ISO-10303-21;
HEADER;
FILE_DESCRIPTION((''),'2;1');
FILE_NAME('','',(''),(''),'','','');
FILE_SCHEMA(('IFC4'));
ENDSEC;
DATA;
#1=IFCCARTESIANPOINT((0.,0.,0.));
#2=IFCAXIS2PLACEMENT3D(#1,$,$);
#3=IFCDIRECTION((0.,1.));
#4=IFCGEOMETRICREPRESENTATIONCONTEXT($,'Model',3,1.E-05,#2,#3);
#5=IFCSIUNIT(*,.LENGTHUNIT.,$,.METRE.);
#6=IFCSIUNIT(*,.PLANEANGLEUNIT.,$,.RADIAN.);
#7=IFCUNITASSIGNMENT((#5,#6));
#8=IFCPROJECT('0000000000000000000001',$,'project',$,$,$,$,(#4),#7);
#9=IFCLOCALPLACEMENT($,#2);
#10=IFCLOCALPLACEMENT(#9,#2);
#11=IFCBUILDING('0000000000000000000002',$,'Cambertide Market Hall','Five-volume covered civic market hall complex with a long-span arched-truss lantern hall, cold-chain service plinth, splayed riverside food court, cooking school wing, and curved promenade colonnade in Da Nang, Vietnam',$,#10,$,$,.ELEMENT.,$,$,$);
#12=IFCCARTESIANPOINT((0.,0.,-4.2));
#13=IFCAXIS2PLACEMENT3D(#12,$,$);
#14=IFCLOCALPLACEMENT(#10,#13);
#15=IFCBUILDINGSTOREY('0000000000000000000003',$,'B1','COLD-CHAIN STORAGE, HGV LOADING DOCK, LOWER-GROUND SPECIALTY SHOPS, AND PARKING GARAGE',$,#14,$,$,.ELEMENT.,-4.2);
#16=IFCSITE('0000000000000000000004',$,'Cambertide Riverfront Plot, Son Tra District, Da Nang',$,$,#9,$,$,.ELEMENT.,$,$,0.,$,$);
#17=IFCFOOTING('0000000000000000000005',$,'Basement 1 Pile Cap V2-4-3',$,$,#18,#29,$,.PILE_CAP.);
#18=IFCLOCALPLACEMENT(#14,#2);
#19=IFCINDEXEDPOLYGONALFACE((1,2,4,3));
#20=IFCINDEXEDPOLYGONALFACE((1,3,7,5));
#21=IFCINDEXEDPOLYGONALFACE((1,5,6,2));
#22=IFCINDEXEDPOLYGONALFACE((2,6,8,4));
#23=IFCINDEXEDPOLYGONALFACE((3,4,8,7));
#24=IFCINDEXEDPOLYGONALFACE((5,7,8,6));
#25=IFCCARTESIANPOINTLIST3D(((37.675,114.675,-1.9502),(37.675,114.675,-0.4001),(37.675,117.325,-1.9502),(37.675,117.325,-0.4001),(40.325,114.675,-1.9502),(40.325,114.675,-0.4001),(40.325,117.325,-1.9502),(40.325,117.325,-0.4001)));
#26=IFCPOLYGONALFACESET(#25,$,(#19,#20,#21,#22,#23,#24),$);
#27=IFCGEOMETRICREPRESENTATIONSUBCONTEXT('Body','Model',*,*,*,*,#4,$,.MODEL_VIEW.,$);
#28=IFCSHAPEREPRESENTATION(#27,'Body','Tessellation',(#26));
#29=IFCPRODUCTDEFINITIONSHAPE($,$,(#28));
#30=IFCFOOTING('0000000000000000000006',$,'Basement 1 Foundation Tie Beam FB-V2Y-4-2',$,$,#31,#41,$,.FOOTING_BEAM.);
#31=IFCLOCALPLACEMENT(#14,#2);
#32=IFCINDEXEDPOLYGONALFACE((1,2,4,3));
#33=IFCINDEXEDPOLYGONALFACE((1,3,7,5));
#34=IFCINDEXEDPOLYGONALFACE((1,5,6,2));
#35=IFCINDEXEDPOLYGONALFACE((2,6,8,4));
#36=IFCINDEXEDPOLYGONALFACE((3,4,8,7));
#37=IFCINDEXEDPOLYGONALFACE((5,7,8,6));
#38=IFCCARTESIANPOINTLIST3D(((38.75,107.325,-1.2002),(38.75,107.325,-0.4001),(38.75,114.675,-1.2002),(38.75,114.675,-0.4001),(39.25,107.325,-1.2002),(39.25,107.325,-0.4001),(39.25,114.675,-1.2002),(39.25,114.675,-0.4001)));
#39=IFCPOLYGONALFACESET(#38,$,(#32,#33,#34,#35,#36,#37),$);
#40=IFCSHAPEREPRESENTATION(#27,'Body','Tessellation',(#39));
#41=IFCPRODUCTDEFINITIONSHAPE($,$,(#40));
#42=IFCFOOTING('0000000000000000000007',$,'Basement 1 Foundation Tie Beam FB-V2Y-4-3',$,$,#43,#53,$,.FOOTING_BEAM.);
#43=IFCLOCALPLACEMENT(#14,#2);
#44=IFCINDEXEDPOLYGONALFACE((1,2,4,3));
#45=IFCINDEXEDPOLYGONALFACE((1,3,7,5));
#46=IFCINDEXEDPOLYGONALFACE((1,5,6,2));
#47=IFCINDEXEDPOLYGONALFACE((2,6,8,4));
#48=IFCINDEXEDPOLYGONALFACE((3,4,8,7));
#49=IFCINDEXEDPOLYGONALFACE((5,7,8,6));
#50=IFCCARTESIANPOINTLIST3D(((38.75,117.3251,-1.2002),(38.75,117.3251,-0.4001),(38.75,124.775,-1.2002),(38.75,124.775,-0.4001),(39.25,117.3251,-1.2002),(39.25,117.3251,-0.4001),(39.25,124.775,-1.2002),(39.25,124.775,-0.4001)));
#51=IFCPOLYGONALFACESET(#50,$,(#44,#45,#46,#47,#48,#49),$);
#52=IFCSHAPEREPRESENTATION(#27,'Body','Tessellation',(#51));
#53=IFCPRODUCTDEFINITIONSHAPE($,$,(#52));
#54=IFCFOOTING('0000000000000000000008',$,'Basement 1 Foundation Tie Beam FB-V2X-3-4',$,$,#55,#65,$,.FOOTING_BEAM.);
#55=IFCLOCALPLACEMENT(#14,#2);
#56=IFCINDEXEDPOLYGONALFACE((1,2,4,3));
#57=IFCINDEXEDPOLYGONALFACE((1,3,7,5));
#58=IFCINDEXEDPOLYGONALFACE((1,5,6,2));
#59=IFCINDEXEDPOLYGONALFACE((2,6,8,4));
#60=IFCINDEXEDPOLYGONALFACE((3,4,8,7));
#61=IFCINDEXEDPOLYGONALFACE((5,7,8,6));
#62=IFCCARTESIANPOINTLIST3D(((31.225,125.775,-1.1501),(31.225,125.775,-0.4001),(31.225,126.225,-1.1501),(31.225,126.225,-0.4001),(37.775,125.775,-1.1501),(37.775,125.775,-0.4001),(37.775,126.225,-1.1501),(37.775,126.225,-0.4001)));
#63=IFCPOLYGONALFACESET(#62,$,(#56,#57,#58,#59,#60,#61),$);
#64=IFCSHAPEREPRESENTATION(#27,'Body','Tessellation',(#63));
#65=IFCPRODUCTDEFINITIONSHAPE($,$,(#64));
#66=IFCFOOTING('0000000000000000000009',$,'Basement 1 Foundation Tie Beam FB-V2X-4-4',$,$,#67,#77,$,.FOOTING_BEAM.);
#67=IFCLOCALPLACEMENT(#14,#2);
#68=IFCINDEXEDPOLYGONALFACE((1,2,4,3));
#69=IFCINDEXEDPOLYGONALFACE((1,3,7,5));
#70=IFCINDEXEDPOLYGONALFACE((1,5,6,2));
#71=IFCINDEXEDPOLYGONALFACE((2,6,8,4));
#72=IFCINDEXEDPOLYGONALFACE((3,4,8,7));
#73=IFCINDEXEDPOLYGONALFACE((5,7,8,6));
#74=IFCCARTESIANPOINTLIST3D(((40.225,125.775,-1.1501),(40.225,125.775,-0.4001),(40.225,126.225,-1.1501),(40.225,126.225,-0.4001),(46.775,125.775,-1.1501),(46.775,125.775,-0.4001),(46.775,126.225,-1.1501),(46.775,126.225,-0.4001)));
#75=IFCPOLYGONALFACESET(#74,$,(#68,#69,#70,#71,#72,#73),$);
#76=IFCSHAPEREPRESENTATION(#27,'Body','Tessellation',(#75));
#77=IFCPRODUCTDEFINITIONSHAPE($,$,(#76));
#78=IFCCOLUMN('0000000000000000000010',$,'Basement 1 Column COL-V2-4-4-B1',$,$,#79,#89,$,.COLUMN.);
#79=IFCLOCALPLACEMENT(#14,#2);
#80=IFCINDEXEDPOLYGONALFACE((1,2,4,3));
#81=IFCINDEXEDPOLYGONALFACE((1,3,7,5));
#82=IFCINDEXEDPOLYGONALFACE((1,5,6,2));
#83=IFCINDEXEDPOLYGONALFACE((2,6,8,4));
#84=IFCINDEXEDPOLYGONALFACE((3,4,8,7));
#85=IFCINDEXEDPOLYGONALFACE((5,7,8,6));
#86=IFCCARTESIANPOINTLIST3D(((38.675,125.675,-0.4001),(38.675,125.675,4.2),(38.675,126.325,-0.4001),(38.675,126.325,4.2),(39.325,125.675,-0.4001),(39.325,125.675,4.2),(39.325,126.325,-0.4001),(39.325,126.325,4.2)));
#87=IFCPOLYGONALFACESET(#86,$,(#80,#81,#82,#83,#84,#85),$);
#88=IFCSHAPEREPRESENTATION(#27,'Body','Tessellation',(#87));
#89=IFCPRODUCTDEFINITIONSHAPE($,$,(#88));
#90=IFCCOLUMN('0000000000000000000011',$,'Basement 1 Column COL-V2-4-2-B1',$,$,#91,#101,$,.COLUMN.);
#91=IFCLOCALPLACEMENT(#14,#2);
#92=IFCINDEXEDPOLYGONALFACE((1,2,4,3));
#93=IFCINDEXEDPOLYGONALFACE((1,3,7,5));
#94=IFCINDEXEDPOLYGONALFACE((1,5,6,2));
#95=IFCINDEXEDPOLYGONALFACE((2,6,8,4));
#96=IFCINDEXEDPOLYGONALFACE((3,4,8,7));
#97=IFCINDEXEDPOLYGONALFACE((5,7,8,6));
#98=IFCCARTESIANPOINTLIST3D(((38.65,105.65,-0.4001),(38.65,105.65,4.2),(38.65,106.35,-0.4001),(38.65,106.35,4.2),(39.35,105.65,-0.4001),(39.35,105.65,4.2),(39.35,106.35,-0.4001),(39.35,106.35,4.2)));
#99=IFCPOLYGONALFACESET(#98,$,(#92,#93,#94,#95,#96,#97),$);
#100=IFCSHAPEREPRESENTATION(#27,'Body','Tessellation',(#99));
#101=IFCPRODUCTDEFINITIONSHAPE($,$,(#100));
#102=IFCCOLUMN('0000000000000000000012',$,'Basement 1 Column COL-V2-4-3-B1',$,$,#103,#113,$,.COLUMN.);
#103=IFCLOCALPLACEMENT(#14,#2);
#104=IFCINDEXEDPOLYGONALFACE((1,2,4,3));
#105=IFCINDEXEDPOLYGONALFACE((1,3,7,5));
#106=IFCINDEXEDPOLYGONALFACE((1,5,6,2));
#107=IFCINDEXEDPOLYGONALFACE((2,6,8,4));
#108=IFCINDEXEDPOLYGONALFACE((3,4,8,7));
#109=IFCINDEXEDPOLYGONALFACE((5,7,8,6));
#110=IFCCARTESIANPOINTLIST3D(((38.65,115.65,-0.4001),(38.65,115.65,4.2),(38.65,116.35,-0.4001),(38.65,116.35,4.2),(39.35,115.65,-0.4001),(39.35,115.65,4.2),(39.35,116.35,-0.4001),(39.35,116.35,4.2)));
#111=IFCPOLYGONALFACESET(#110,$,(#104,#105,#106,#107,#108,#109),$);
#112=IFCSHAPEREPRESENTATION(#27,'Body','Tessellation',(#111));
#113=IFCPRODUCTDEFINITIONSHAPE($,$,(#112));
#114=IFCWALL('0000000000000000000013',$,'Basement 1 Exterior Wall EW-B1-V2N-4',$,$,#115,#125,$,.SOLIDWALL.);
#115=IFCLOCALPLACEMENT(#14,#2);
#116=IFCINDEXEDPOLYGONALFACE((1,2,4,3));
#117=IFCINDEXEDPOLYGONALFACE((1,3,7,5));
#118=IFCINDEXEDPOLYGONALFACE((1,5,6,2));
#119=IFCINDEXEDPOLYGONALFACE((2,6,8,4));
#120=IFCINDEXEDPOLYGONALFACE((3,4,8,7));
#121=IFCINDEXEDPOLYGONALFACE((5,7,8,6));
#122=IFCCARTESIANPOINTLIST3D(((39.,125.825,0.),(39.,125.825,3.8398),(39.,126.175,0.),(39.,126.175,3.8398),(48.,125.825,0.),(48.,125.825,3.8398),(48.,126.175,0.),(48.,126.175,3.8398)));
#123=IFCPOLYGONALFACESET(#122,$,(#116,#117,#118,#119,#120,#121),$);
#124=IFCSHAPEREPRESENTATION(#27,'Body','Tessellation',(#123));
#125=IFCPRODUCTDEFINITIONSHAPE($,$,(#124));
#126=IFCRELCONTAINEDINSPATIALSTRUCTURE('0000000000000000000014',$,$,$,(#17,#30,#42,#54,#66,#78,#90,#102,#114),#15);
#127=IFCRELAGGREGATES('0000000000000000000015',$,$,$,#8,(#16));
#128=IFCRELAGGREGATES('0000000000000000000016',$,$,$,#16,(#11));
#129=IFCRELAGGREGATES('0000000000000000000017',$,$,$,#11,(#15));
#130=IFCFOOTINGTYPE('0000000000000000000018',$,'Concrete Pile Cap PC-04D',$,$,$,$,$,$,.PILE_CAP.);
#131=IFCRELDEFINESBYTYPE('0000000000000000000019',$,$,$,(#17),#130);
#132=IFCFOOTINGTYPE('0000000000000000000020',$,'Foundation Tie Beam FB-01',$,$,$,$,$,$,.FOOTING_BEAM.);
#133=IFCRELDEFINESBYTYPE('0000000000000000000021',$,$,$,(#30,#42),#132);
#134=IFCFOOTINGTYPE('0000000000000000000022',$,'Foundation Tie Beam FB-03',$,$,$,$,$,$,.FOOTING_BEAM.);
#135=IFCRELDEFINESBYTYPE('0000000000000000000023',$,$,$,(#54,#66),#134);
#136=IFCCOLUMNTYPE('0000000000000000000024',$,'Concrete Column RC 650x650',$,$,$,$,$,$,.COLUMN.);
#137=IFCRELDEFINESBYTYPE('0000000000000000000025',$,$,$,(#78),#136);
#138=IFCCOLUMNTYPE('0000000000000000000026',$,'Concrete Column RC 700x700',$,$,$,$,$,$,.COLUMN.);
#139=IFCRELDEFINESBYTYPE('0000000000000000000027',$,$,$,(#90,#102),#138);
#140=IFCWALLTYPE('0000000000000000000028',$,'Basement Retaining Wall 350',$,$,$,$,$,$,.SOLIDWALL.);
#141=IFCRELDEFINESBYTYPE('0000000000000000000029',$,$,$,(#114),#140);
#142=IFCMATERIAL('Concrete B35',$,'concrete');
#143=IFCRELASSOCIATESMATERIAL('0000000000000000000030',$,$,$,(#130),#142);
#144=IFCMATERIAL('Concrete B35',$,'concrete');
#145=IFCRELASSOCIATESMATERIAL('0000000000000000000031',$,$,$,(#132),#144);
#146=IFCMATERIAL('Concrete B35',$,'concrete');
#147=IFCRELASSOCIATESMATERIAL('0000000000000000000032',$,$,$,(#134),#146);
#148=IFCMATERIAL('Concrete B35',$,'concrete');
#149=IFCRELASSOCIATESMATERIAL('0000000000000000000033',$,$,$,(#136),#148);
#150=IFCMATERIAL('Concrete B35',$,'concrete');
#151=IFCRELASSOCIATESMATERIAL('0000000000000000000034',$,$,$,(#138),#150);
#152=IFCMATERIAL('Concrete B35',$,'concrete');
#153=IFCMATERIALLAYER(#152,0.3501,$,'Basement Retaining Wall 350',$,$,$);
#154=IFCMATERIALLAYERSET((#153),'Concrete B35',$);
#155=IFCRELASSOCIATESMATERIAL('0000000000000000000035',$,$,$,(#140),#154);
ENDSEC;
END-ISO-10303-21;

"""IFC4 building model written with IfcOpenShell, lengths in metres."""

from ifc_helpers import new_model, si_unit, direction, frame, frame_2d, origin, origin_2d, place, context, subcontext, project, spatial, rectangle, extrude, material, layer, layer_set, material_profile, profile_set, type_object, element, save


model = new_model("IFC4")

# Units and contexts
model_context = context("Model", 3, precision=1e-05, world=origin(), true_north=direction((0.0, 1.0)))
body_context = subcontext(model_context, "Body", "Model", "MODEL_VIEW")
ifc_project = project(units=[si_unit("LENGTHUNIT", "METRE"), si_unit("PLANEANGLEUNIT", "RADIAN")], contexts=[model_context])

# Site, building, storey
site_placement = place(None, origin())
site = spatial("IfcSite", under=ifc_project, at=site_placement, Name="Cambertide Riverfront Plot, Son Tra District, Da Nang", CompositionType="ELEMENT", RefElevation=0.0)
building_placement = place(site_placement, origin())
building = spatial("IfcBuilding", under=site, at=building_placement, Name="Cambertide Market Hall", Description="Five-volume covered civic market hall complex with a long-span arched-truss lantern hall, cold-chain service plinth, splayed riverside food court, cooking school wing, and curved promenade colonnade in Da Nang, Vietnam", CompositionType="ELEMENT")
storey_placement = place(building_placement, frame((0.0, 0.0, -4.2)))
storey = spatial("IfcBuildingStorey", under=building, at=storey_placement, Name="B1", Description="COLD-CHAIN STORAGE, HGV LOADING DOCK, LOWER-GROUND SPECIALTY SHOPS, AND PARKING GARAGE", CompositionType="ELEMENT", Elevation=-4.2)

# Footings
ifc_material_1 = material(Name="Concrete B35", Category="concrete")
footing_type_1 = type_object("IfcFootingType", Name="Concrete Pile Cap PC-04D", PredefinedType="PILE_CAP", material=ifc_material_1)
footing_1_placement = place(storey_placement, frame((39.0, 116.0, -1.9502), z_axis=(0.0, 0.0, 1.0), x_axis=(1.0, 0.0, 0.0)))
element("IfcFooting", 1, at=footing_1_placement, inside=storey, type_object=footing_type_1, Name="Basement 1 Pile Cap V2-4-3", PredefinedType="PILE_CAP", context=body_context, shape_type="SweptSolid", body=[
    extrude(rectangle(XDim=2.6499, YDim=2.6499, at=origin_2d()), origin(), (0.0, 0.0, 1.0), 1.55),
])
ifc_material_2 = material(Name="Concrete B35", Category="concrete")
footing_type_2 = type_object("IfcFootingType", Name="Foundation Tie Beam FB-01", PredefinedType="FOOTING_BEAM", material=ifc_material_2)
footing_2_placement = place(storey_placement, frame((39.0, 111.0, -1.2002), z_axis=(0.0, 0.0, 1.0), x_axis=(0.0, 1.0, 0.0)))
element("IfcFooting", 2, at=footing_2_placement, inside=storey, type_object=footing_type_2, Name="Basement 1 Foundation Tie Beam FB-V2Y-4-2", PredefinedType="FOOTING_BEAM", context=body_context, shape_type="SweptSolid", body=[
    extrude(rectangle(XDim=7.3501, YDim=0.5, at=origin_2d()), origin(), (0.0, 0.0, 1.0), 0.8),
])
footing_3_placement = place(storey_placement, frame((39.0, 121.05, -1.2002), z_axis=(0.0, 0.0, 1.0), x_axis=(0.0, 1.0, 0.0)))
element("IfcFooting", 3, at=footing_3_placement, inside=storey, type_object=footing_type_2, Name="Basement 1 Foundation Tie Beam FB-V2Y-4-3", PredefinedType="FOOTING_BEAM", context=body_context, shape_type="SweptSolid", body=[
    extrude(rectangle(XDim=7.45, YDim=0.5, at=origin_2d()), origin(), (0.0, 0.0, 1.0), 0.8),
])
ifc_material_3 = material(Name="Concrete B35", Category="concrete")
footing_type_3 = type_object("IfcFootingType", Name="Foundation Tie Beam FB-03", PredefinedType="FOOTING_BEAM", material=ifc_material_3)
for number, where, z_axis, x_axis, name in (
    (4, (34.5, 126.0, -1.1501), (0.0, 0.0, 1.0), (1.0, 0.0, 0.0), "Basement 1 Foundation Tie Beam FB-V2X-3-4"),
    (5, (43.5, 126.0, -1.1501), (0.0, 0.0, 1.0), (1.0, 0.0, 0.0), "Basement 1 Foundation Tie Beam FB-V2X-4-4"),
):
    element("IfcFooting", number, at=place(storey_placement, frame(where, z_axis=z_axis, x_axis=x_axis)), inside=storey, type_object=footing_type_3, Name=name, PredefinedType="FOOTING_BEAM", context=body_context, shape_type="SweptSolid", body=[
        extrude(rectangle(XDim=6.55, YDim=0.45, at=origin_2d()), origin(), (0.0, 0.0, 1.0), 0.75),
    ])

# Columns
ifc_material_4 = material(Name="Concrete B35", Category="concrete")
ifc_material_profile_1 = material_profile(ifc_material_4, rectangle(XDim=0.6499, YDim=0.6499, at=origin_2d()), Name="RC 650x650")
ifc_profile_set_1 = profile_set([ifc_material_profile_1], Name="Concrete B35")
column_type_1 = type_object("IfcColumnType", Name="Concrete Column RC 650x650", PredefinedType="COLUMN", material=ifc_profile_set_1)
column_placement = place(storey_placement, frame((39.0, 126.0, -0.4001), z_axis=(0.0, 0.0, 1.0), x_axis=(1.0, 0.0, 0.0)))
element("IfcColumn", 6, at=column_placement, inside=storey, type_object=column_type_1, Name="Basement 1 Column COL-V2-4-4-B1", PredefinedType="COLUMN", context=body_context, shape_type="SweptSolid", body=[
    extrude(rectangle(XDim=0.6499, YDim=0.6499, at=origin_2d()), origin(), (0.0, 0.0, 1.0), 4.6001),
])
ifc_material_5 = material(Name="Concrete B35", Category="concrete")
ifc_material_profile_2 = material_profile(ifc_material_5, rectangle(XDim=0.7, YDim=0.7, at=origin_2d()), Name="RC 700x700")
ifc_profile_set_2 = profile_set([ifc_material_profile_2], Name="Concrete B35")
column_type_2 = type_object("IfcColumnType", Name="Concrete Column RC 700x700", PredefinedType="COLUMN", material=ifc_profile_set_2)
for number, where, z_axis, x_axis, name in (
    (7, (39.0, 106.0, -0.4001), (0.0, 0.0, 1.0), (1.0, 0.0, 0.0), "Basement 1 Column COL-V2-4-2-B1"),
    (8, (39.0, 116.0, -0.4001), (0.0, 0.0, 1.0), (1.0, 0.0, 0.0), "Basement 1 Column COL-V2-4-3-B1"),
):
    element("IfcColumn", number, at=place(storey_placement, frame(where, z_axis=z_axis, x_axis=x_axis)), inside=storey, type_object=column_type_2, Name=name, PredefinedType="COLUMN", context=body_context, shape_type="SweptSolid", body=[
        extrude(rectangle(XDim=0.7, YDim=0.7, at=origin_2d()), origin(), (0.0, 0.0, 1.0), 4.6001),
    ])

# Wall
ifc_material_6 = material(Name="Concrete B35", Category="concrete")
ifc_layer = layer(ifc_material_6, 0.3501, Name="Basement Retaining Wall 350")
ifc_layer_set = layer_set([ifc_layer], Name="Concrete B35")
wall_type = type_object("IfcWallType", Name="Basement Retaining Wall 350", PredefinedType="SOLIDWALL", material=ifc_layer_set)
wall_placement = place(storey_placement, frame((39.0, 126.0, 0.0), z_axis=(0.0, 0.0, 1.0), x_axis=(1.0, 0.0, 0.0)))
element("IfcWall", 9, at=wall_placement, inside=storey, type_object=wall_type, Name="Basement 1 Exterior Wall EW-B1-V2N-4", PredefinedType="SOLIDWALL", context=body_context, shape_type="SweptSolid", body=[
    extrude(rectangle(XDim=9.0, YDim=0.3501, at=frame_2d((4.5, 0.0))), origin(), (0.0, 0.0, 1.0), 3.8398),
])

save(model, "model.ifc")
